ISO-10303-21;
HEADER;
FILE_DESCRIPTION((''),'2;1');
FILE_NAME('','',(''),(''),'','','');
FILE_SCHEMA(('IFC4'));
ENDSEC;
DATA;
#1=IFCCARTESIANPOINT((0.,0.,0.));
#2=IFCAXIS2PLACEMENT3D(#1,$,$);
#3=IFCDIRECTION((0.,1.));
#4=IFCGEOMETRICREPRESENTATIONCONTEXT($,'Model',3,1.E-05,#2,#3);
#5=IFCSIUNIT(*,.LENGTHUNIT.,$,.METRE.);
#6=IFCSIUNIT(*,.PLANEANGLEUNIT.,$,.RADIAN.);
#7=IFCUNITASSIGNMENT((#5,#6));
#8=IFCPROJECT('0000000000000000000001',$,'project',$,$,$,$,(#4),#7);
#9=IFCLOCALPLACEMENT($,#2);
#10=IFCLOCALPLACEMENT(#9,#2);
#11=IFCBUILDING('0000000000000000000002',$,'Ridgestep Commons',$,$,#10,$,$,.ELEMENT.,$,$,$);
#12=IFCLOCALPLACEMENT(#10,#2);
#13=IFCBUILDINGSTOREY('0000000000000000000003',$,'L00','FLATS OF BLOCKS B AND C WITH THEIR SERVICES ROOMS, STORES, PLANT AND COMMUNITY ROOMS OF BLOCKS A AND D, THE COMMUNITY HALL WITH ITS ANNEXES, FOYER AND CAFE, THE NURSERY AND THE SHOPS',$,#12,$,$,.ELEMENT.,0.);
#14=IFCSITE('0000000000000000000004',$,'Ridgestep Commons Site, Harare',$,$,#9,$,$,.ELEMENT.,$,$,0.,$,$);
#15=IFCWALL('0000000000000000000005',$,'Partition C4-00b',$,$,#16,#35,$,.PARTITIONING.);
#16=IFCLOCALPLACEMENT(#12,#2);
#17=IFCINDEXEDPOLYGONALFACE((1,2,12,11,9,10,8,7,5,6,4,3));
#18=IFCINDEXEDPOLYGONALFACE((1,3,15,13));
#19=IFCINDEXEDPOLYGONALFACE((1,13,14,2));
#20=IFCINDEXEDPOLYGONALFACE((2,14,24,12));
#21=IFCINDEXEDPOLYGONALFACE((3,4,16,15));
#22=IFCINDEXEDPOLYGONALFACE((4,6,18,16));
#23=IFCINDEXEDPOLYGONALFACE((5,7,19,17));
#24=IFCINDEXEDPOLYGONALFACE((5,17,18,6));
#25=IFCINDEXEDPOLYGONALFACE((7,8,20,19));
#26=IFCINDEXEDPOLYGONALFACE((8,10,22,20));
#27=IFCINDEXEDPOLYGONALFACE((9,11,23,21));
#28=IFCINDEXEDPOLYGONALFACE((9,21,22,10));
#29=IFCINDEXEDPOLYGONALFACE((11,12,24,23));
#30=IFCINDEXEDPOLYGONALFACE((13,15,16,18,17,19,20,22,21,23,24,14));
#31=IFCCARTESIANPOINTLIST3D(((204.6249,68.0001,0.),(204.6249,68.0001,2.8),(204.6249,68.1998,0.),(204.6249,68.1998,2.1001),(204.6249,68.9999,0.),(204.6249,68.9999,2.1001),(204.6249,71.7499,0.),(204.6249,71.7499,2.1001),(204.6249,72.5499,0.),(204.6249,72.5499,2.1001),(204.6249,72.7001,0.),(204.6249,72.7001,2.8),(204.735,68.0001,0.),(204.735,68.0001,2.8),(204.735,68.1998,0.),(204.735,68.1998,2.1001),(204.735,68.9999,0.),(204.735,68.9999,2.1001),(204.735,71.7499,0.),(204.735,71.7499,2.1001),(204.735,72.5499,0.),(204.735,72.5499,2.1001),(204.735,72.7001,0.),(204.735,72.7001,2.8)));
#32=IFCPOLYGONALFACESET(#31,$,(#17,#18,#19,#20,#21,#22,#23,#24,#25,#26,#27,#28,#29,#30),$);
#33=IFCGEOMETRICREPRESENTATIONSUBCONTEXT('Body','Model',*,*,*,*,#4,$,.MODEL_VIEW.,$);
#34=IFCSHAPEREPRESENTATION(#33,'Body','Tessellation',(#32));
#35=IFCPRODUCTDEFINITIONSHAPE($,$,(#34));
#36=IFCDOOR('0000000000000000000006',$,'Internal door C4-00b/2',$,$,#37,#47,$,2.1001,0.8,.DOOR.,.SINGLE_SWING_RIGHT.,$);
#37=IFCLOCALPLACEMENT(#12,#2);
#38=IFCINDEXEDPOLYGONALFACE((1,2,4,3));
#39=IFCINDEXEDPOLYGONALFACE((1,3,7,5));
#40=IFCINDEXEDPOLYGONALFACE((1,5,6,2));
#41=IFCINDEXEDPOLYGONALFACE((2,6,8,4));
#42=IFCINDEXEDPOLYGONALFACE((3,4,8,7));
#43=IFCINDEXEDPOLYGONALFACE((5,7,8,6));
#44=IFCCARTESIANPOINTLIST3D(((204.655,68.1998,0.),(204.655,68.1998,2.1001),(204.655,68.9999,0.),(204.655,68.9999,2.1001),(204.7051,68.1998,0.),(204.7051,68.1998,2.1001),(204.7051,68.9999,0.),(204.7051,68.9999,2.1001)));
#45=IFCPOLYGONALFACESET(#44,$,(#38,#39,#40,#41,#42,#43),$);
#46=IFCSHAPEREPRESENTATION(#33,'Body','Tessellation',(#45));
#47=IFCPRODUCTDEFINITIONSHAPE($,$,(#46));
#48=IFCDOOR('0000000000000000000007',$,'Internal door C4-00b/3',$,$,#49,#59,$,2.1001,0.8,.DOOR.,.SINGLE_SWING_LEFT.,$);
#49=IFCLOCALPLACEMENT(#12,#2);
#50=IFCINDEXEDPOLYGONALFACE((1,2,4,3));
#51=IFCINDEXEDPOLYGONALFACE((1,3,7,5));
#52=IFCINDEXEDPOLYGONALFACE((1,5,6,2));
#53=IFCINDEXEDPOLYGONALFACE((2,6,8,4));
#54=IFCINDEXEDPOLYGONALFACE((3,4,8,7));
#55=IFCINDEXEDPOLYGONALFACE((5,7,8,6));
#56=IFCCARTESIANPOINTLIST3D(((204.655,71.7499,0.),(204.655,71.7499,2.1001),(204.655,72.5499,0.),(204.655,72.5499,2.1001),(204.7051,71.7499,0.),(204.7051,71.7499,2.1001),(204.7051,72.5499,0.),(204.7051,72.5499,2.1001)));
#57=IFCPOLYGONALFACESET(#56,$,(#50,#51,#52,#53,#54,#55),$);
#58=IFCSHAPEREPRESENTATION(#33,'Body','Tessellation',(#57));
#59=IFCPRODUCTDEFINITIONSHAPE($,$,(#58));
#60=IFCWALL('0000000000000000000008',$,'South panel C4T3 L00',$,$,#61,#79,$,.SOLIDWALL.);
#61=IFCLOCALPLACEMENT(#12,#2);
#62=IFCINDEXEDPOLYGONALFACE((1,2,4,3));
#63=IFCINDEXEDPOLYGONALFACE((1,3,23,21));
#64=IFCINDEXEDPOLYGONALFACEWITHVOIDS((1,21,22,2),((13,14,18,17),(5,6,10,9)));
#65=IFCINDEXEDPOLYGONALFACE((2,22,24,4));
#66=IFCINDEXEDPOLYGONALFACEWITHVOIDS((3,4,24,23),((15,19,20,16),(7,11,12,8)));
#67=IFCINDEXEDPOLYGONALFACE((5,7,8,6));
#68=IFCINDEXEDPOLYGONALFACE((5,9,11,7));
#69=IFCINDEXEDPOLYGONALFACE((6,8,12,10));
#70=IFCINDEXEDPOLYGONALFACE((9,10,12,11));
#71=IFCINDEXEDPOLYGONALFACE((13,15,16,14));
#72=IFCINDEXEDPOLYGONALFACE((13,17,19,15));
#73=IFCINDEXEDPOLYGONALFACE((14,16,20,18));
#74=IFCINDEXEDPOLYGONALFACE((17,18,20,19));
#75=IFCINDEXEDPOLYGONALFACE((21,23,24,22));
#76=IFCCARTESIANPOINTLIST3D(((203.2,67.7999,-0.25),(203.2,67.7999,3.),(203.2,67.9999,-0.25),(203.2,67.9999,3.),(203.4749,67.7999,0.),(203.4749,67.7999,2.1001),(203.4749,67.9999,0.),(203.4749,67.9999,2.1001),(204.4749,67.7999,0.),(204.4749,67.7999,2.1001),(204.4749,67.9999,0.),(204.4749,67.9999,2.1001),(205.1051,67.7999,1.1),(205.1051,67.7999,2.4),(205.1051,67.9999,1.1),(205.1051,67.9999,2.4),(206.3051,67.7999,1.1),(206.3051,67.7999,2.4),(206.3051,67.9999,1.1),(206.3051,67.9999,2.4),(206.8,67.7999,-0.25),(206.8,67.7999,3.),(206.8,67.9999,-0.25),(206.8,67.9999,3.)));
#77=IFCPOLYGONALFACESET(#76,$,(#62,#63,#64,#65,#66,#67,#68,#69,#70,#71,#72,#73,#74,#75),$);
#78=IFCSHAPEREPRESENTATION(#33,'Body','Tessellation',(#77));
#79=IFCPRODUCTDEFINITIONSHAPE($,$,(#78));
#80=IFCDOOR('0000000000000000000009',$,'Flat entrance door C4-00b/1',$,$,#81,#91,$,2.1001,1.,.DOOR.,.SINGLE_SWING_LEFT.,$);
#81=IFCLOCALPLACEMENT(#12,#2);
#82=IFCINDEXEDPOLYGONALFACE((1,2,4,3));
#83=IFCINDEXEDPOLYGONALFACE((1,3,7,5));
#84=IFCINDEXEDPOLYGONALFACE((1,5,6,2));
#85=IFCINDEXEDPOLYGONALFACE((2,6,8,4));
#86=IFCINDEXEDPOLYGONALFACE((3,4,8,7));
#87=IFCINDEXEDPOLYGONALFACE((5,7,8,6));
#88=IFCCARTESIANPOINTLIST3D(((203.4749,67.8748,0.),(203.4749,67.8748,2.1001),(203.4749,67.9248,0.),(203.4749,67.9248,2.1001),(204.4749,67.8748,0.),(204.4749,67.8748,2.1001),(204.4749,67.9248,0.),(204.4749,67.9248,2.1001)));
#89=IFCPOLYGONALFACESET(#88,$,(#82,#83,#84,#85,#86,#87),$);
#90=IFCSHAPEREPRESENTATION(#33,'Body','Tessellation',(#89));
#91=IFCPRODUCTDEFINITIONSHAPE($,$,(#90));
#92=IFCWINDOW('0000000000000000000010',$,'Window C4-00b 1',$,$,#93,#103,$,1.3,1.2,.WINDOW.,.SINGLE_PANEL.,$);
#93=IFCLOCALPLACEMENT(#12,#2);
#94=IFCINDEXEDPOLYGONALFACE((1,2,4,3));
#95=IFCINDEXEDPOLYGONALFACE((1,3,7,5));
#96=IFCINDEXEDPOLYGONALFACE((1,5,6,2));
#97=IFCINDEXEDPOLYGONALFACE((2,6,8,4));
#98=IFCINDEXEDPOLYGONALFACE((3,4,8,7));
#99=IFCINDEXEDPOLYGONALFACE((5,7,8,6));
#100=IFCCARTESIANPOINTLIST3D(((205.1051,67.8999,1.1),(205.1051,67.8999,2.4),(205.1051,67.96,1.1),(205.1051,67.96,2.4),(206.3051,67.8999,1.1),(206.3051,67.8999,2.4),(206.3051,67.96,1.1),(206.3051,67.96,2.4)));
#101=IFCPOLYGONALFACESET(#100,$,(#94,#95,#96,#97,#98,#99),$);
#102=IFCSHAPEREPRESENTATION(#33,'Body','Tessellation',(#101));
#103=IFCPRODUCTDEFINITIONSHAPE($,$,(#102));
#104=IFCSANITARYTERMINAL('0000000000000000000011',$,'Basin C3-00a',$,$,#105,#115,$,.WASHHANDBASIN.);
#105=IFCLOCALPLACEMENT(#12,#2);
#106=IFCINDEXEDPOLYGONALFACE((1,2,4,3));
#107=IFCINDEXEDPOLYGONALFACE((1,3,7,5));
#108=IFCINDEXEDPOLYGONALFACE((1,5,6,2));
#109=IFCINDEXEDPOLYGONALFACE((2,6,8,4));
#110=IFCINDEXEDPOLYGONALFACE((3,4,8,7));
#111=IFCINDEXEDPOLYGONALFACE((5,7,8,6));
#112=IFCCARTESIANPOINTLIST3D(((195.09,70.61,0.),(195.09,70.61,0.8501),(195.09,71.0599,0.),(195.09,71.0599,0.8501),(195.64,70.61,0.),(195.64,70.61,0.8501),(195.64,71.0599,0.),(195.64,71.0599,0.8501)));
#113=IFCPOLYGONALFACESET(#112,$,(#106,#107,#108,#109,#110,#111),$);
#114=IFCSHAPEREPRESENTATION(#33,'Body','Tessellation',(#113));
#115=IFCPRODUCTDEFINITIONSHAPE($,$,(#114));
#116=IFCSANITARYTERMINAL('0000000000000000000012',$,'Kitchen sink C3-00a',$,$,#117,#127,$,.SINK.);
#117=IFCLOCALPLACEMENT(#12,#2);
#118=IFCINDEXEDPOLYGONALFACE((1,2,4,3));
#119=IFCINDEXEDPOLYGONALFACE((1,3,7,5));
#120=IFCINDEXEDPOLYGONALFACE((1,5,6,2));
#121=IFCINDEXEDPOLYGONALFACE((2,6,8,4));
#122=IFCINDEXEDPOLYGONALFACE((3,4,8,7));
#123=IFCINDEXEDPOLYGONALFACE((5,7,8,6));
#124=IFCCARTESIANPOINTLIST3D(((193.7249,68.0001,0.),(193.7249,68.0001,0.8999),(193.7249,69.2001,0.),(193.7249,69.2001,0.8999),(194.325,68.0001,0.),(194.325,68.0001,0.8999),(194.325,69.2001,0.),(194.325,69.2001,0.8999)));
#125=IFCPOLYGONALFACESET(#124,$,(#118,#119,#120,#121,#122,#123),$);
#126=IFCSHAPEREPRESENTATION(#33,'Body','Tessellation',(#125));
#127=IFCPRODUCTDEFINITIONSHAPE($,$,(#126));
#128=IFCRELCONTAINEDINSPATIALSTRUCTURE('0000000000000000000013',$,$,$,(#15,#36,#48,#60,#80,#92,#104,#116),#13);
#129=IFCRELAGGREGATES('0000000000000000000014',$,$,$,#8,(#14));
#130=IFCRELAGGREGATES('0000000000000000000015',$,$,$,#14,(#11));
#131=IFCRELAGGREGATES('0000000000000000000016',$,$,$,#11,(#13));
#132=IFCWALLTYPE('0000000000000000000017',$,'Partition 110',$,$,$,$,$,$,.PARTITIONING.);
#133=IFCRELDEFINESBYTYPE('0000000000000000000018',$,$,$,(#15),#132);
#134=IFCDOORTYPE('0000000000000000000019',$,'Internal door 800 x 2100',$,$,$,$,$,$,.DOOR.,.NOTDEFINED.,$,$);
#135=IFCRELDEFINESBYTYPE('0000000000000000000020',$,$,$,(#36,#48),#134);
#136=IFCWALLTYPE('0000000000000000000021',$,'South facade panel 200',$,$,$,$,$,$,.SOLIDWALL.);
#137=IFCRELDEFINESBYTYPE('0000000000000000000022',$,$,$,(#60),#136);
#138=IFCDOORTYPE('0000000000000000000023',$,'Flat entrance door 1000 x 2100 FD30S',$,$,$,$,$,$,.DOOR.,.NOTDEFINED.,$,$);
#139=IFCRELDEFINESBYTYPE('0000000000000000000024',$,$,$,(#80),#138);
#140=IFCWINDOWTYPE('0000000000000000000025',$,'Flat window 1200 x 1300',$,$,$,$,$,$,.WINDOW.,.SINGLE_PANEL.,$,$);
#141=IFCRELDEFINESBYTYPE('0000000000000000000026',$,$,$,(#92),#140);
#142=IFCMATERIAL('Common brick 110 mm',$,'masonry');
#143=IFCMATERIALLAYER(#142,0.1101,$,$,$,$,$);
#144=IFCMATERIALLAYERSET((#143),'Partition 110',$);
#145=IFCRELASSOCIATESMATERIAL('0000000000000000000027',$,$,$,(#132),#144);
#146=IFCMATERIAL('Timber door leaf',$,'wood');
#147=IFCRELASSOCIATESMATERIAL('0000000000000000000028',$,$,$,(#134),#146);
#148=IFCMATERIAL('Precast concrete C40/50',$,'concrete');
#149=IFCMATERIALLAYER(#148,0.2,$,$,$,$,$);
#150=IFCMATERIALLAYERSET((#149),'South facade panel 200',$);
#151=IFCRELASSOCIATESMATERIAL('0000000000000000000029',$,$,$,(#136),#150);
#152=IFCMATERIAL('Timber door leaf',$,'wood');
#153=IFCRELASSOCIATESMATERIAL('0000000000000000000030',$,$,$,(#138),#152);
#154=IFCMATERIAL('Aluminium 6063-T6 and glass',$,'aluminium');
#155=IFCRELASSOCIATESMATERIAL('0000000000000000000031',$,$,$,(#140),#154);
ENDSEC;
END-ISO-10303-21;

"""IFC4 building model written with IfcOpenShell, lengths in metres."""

from ifc_helpers import new_model, si_unit, direction, frame, frame_2d, origin, origin_2d, place, context, subcontext, project, spatial, rectangle, extrude, material, layer, layer_set, type_object, element, fill, save


model = new_model("IFC4")

# Units and contexts
model_context = context("Model", 3, precision=1e-05, world=origin(), true_north=direction((0.0, 1.0)))
body_context = subcontext(model_context, "Body", "Model", "MODEL_VIEW")
ifc_project = project(units=[si_unit("LENGTHUNIT", "METRE"), si_unit("PLANEANGLEUNIT", "RADIAN")], contexts=[model_context])

# Site, building, storey
site_placement = place(None, origin())
site = spatial("IfcSite", under=ifc_project, at=site_placement, Name="Ridgestep Commons Site, Harare", CompositionType="ELEMENT", RefElevation=0.0)
building_placement = place(site_placement, origin())
building = spatial("IfcBuilding", under=site, at=building_placement, Name="Ridgestep Commons", CompositionType="ELEMENT")
storey_placement = place(building_placement, origin())
storey = spatial("IfcBuildingStorey", under=building, at=storey_placement, Name="L00", Description="FLATS OF BLOCKS B AND C WITH THEIR SERVICES ROOMS, STORES, PLANT AND COMMUNITY ROOMS OF BLOCKS A AND D, THE COMMUNITY HALL WITH ITS ANNEXES, FOYER AND CAFE, THE NURSERY AND THE SHOPS", CompositionType="ELEMENT", Elevation=0.0)

# Wall, openings, doors
ifc_material_1 = material(Name="Common brick 110 mm", Category="masonry")
ifc_layer_1 = layer(ifc_material_1, 0.1101)
ifc_layer_set_1 = layer_set([ifc_layer_1], Name="Partition 110")
wall_type_1 = type_object("IfcWallType", Name="Partition 110", PredefinedType="PARTITIONING", material=ifc_layer_set_1)
ifc_material_2 = material(Name="Timber door leaf", Category="wood")
door_type_1 = type_object("IfcDoorType", Name="Internal door 800 x 2100", OperationType="NOTDEFINED", PredefinedType="DOOR", material=ifc_material_2)
wall_1_placement = place(storey_placement, frame((204.6799, 68.0, 0.0), z_axis=(0.0, 0.0, 1.0), x_axis=(0.0, 1.0, 0.0)))
wall_1 = element("IfcWall", 1, at=wall_1_placement, inside=storey, type_object=wall_type_1, Name="Partition C4-00b", PredefinedType="PARTITIONING", context=body_context, shape_type="SweptSolid", body=[
    extrude(rectangle(XDim=4.7, YDim=0.1101, at=frame_2d((2.3501, 0.0))), origin(), (0.0, 0.0, 1.0), 2.8),
])
opening_1_placement = place(wall_1_placement, frame((0.2, 0.0, 0.0)))
opening_1 = element("IfcOpeningElement", 2, at=opening_1_placement, cuts=wall_1, PredefinedType="OPENING", context=body_context, shape_type="SweptSolid", body=[
    extrude(rectangle(XDim=0.8, YDim=2.1001, at=frame_2d((0.3999, 1.05))), frame((0.0, 0.0649, 0.0), z_axis=(0.0, -1.0, 0.0), x_axis=(1.0, 0.0, 0.0)), (0.0, 0.0, 1.0), 0.1301),
])
opening_2_placement = place(wall_1_placement, frame((3.75, 0.0, 0.0)))
opening_2 = element("IfcOpeningElement", 3, at=opening_2_placement, cuts=wall_1, PredefinedType="OPENING", context=body_context, shape_type="SweptSolid", body=[
    extrude(rectangle(XDim=0.8, YDim=2.1001, at=frame_2d((0.3999, 1.05))), frame((0.0, 0.0649, 0.0), z_axis=(0.0, -1.0, 0.0), x_axis=(1.0, 0.0, 0.0)), (0.0, 0.0, 1.0), 0.1301),
])
door_1_placement = place(opening_1_placement, origin())
door_1 = element("IfcDoor", 4, at=door_1_placement, inside=storey, type_object=door_type_1, Name="Internal door C4-00b/2", OperationType="SINGLE_SWING_RIGHT", OverallHeight=2.1001, OverallWidth=0.8, PredefinedType="DOOR", context=body_context, shape_type="SweptSolid", body=[
    extrude(rectangle(XDim=0.8, YDim=2.1001, at=frame_2d((0.3999, 1.05))), frame((0.0, 0.0249, 0.0), z_axis=(0.0, -1.0, 0.0), x_axis=(1.0, 0.0, 0.0)), (0.0, 0.0, 1.0), 0.05),
])
fill(opening_1, door_1)
door_2_placement = place(opening_2_placement, origin())
door_2 = element("IfcDoor", 5, at=door_2_placement, inside=storey, type_object=door_type_1, Name="Internal door C4-00b/3", OperationType="SINGLE_SWING_LEFT", OverallHeight=2.1001, OverallWidth=0.8, PredefinedType="DOOR", context=body_context, shape_type="SweptSolid", body=[
    extrude(rectangle(XDim=0.8, YDim=2.1001, at=frame_2d((0.3999, 1.05))), frame((0.0, 0.0249, 0.0), z_axis=(0.0, -1.0, 0.0), x_axis=(1.0, 0.0, 0.0)), (0.0, 0.0, 1.0), 0.05),
])
fill(opening_2, door_2)

# Wall, openings, door, window
ifc_material_3 = material(Name="Precast concrete C40/50", Category="concrete")
ifc_layer_2 = layer(ifc_material_3, 0.2)
ifc_layer_set_2 = layer_set([ifc_layer_2], Name="South facade panel 200")
wall_type_2 = type_object("IfcWallType", Name="South facade panel 200", PredefinedType="SOLIDWALL", material=ifc_layer_set_2)
wall_2_placement = place(storey_placement, frame((203.2, 67.8999, -0.25), z_axis=(0.0, 0.0, 1.0), x_axis=(1.0, 0.0, 0.0)))
wall_2 = element("IfcWall", 6, at=wall_2_placement, inside=storey, type_object=wall_type_2, Name="South panel C4T3 L00", PredefinedType="SOLIDWALL", context=body_context, shape_type="SweptSolid", body=[
    extrude(rectangle(XDim=3.6001, YDim=0.2, at=frame_2d((1.8, 0.0))), origin(), (0.0, 0.0, 1.0), 3.25),
])
opening_3_placement = place(wall_2_placement, frame((1.905, 0.0, 1.3501)))
opening_3 = element("IfcOpeningElement", 7, at=opening_3_placement, cuts=wall_2, PredefinedType="OPENING", context=body_context, shape_type="SweptSolid", body=[
    extrude(rectangle(XDim=1.2, YDim=1.3, at=frame_2d((0.6001, 0.6499))), frame((0.0, 0.1099, 0.0), z_axis=(0.0, -1.0, 0.0), x_axis=(1.0, 0.0, 0.0)), (0.0, 0.0, 1.0), 0.22),
])
opening_4_placement = place(wall_2_placement, frame((0.2749, 0.0, 0.25)))
opening_4 = element("IfcOpeningElement", 8, at=opening_4_placement, cuts=wall_2, PredefinedType="OPENING", context=body_context, shape_type="SweptSolid", body=[
    extrude(rectangle(XDim=1.0, YDim=2.1001, at=frame_2d((0.5, 1.05))), frame((0.0, 0.1099, 0.0), z_axis=(0.0, -1.0, 0.0), x_axis=(1.0, 0.0, 0.0)), (0.0, 0.0, 1.0), 0.22),
])
ifc_material_4 = material(Name="Timber door leaf", Category="wood")
door_type_2 = type_object("IfcDoorType", Name="Flat entrance door 1000 x 2100 FD30S", OperationType="NOTDEFINED", PredefinedType="DOOR", material=ifc_material_4)
door_3_placement = place(opening_4_placement, origin())
door_3 = element("IfcDoor", 9, at=door_3_placement, inside=storey, type_object=door_type_2, Name="Flat entrance door C4-00b/1", OperationType="SINGLE_SWING_LEFT", OverallHeight=2.1001, OverallWidth=1.0, PredefinedType="DOOR", context=body_context, shape_type="SweptSolid", body=[
    extrude(rectangle(XDim=1.0, YDim=2.1001, at=frame_2d((0.5, 1.05))), frame((0.0, 0.0249, 0.0), z_axis=(0.0, -1.0, 0.0), x_axis=(1.0, 0.0, 0.0)), (0.0, 0.0, 1.0), 0.05),
])
fill(opening_4, door_3)
ifc_material_5 = material(Name="Aluminium 6063-T6 and glass", Category="aluminium")
window_type = type_object("IfcWindowType", Name="Flat window 1200 x 1300", PartitioningType="SINGLE_PANEL", PredefinedType="WINDOW", material=ifc_material_5)
window_placement = place(opening_3_placement, origin())
window = element("IfcWindow", 10, at=window_placement, inside=storey, type_object=window_type, Name="Window C4-00b 1", OverallHeight=1.3, OverallWidth=1.2, PartitioningType="SINGLE_PANEL", PredefinedType="WINDOW", context=body_context, shape_type="SweptSolid", body=[
    extrude(rectangle(XDim=1.2, YDim=1.3, at=frame_2d((0.6001, 0.6499))), frame((0.0, 0.0601, 0.0), z_axis=(0.0, -1.0, 0.0), x_axis=(1.0, 0.0, 0.0)), (0.0, 0.0, 1.0), 0.0601),
])
fill(opening_3, window)

# Sanitary terminals
sanitary_terminal_1_placement = place(storey_placement, frame((195.365, 70.835, 0.0), z_axis=(0.0, 0.0, 1.0), x_axis=(1.0, 0.0, 0.0)))
element("IfcSanitaryTerminal", 11, at=sanitary_terminal_1_placement, inside=storey, Name="Basin C3-00a", PredefinedType="WASHHANDBASIN", context=body_context, shape_type="SweptSolid", body=[
    extrude(rectangle(XDim=0.55, YDim=0.45, at=origin_2d()), origin(), (0.0, 0.0, 1.0), 0.8501),
])
sanitary_terminal_2_placement = place(storey_placement, frame((194.0249, 68.6001, 0.0), z_axis=(0.0, 0.0, 1.0), x_axis=(1.0, 0.0, 0.0)))
element("IfcSanitaryTerminal", 12, at=sanitary_terminal_2_placement, inside=storey, Name="Kitchen sink C3-00a", PredefinedType="SINK", context=body_context, shape_type="SweptSolid", body=[
    extrude(rectangle(XDim=0.6001, YDim=1.2, at=origin_2d()), origin(), (0.0, 0.0, 1.0), 0.8999),
])

save(model, "model.ifc")
